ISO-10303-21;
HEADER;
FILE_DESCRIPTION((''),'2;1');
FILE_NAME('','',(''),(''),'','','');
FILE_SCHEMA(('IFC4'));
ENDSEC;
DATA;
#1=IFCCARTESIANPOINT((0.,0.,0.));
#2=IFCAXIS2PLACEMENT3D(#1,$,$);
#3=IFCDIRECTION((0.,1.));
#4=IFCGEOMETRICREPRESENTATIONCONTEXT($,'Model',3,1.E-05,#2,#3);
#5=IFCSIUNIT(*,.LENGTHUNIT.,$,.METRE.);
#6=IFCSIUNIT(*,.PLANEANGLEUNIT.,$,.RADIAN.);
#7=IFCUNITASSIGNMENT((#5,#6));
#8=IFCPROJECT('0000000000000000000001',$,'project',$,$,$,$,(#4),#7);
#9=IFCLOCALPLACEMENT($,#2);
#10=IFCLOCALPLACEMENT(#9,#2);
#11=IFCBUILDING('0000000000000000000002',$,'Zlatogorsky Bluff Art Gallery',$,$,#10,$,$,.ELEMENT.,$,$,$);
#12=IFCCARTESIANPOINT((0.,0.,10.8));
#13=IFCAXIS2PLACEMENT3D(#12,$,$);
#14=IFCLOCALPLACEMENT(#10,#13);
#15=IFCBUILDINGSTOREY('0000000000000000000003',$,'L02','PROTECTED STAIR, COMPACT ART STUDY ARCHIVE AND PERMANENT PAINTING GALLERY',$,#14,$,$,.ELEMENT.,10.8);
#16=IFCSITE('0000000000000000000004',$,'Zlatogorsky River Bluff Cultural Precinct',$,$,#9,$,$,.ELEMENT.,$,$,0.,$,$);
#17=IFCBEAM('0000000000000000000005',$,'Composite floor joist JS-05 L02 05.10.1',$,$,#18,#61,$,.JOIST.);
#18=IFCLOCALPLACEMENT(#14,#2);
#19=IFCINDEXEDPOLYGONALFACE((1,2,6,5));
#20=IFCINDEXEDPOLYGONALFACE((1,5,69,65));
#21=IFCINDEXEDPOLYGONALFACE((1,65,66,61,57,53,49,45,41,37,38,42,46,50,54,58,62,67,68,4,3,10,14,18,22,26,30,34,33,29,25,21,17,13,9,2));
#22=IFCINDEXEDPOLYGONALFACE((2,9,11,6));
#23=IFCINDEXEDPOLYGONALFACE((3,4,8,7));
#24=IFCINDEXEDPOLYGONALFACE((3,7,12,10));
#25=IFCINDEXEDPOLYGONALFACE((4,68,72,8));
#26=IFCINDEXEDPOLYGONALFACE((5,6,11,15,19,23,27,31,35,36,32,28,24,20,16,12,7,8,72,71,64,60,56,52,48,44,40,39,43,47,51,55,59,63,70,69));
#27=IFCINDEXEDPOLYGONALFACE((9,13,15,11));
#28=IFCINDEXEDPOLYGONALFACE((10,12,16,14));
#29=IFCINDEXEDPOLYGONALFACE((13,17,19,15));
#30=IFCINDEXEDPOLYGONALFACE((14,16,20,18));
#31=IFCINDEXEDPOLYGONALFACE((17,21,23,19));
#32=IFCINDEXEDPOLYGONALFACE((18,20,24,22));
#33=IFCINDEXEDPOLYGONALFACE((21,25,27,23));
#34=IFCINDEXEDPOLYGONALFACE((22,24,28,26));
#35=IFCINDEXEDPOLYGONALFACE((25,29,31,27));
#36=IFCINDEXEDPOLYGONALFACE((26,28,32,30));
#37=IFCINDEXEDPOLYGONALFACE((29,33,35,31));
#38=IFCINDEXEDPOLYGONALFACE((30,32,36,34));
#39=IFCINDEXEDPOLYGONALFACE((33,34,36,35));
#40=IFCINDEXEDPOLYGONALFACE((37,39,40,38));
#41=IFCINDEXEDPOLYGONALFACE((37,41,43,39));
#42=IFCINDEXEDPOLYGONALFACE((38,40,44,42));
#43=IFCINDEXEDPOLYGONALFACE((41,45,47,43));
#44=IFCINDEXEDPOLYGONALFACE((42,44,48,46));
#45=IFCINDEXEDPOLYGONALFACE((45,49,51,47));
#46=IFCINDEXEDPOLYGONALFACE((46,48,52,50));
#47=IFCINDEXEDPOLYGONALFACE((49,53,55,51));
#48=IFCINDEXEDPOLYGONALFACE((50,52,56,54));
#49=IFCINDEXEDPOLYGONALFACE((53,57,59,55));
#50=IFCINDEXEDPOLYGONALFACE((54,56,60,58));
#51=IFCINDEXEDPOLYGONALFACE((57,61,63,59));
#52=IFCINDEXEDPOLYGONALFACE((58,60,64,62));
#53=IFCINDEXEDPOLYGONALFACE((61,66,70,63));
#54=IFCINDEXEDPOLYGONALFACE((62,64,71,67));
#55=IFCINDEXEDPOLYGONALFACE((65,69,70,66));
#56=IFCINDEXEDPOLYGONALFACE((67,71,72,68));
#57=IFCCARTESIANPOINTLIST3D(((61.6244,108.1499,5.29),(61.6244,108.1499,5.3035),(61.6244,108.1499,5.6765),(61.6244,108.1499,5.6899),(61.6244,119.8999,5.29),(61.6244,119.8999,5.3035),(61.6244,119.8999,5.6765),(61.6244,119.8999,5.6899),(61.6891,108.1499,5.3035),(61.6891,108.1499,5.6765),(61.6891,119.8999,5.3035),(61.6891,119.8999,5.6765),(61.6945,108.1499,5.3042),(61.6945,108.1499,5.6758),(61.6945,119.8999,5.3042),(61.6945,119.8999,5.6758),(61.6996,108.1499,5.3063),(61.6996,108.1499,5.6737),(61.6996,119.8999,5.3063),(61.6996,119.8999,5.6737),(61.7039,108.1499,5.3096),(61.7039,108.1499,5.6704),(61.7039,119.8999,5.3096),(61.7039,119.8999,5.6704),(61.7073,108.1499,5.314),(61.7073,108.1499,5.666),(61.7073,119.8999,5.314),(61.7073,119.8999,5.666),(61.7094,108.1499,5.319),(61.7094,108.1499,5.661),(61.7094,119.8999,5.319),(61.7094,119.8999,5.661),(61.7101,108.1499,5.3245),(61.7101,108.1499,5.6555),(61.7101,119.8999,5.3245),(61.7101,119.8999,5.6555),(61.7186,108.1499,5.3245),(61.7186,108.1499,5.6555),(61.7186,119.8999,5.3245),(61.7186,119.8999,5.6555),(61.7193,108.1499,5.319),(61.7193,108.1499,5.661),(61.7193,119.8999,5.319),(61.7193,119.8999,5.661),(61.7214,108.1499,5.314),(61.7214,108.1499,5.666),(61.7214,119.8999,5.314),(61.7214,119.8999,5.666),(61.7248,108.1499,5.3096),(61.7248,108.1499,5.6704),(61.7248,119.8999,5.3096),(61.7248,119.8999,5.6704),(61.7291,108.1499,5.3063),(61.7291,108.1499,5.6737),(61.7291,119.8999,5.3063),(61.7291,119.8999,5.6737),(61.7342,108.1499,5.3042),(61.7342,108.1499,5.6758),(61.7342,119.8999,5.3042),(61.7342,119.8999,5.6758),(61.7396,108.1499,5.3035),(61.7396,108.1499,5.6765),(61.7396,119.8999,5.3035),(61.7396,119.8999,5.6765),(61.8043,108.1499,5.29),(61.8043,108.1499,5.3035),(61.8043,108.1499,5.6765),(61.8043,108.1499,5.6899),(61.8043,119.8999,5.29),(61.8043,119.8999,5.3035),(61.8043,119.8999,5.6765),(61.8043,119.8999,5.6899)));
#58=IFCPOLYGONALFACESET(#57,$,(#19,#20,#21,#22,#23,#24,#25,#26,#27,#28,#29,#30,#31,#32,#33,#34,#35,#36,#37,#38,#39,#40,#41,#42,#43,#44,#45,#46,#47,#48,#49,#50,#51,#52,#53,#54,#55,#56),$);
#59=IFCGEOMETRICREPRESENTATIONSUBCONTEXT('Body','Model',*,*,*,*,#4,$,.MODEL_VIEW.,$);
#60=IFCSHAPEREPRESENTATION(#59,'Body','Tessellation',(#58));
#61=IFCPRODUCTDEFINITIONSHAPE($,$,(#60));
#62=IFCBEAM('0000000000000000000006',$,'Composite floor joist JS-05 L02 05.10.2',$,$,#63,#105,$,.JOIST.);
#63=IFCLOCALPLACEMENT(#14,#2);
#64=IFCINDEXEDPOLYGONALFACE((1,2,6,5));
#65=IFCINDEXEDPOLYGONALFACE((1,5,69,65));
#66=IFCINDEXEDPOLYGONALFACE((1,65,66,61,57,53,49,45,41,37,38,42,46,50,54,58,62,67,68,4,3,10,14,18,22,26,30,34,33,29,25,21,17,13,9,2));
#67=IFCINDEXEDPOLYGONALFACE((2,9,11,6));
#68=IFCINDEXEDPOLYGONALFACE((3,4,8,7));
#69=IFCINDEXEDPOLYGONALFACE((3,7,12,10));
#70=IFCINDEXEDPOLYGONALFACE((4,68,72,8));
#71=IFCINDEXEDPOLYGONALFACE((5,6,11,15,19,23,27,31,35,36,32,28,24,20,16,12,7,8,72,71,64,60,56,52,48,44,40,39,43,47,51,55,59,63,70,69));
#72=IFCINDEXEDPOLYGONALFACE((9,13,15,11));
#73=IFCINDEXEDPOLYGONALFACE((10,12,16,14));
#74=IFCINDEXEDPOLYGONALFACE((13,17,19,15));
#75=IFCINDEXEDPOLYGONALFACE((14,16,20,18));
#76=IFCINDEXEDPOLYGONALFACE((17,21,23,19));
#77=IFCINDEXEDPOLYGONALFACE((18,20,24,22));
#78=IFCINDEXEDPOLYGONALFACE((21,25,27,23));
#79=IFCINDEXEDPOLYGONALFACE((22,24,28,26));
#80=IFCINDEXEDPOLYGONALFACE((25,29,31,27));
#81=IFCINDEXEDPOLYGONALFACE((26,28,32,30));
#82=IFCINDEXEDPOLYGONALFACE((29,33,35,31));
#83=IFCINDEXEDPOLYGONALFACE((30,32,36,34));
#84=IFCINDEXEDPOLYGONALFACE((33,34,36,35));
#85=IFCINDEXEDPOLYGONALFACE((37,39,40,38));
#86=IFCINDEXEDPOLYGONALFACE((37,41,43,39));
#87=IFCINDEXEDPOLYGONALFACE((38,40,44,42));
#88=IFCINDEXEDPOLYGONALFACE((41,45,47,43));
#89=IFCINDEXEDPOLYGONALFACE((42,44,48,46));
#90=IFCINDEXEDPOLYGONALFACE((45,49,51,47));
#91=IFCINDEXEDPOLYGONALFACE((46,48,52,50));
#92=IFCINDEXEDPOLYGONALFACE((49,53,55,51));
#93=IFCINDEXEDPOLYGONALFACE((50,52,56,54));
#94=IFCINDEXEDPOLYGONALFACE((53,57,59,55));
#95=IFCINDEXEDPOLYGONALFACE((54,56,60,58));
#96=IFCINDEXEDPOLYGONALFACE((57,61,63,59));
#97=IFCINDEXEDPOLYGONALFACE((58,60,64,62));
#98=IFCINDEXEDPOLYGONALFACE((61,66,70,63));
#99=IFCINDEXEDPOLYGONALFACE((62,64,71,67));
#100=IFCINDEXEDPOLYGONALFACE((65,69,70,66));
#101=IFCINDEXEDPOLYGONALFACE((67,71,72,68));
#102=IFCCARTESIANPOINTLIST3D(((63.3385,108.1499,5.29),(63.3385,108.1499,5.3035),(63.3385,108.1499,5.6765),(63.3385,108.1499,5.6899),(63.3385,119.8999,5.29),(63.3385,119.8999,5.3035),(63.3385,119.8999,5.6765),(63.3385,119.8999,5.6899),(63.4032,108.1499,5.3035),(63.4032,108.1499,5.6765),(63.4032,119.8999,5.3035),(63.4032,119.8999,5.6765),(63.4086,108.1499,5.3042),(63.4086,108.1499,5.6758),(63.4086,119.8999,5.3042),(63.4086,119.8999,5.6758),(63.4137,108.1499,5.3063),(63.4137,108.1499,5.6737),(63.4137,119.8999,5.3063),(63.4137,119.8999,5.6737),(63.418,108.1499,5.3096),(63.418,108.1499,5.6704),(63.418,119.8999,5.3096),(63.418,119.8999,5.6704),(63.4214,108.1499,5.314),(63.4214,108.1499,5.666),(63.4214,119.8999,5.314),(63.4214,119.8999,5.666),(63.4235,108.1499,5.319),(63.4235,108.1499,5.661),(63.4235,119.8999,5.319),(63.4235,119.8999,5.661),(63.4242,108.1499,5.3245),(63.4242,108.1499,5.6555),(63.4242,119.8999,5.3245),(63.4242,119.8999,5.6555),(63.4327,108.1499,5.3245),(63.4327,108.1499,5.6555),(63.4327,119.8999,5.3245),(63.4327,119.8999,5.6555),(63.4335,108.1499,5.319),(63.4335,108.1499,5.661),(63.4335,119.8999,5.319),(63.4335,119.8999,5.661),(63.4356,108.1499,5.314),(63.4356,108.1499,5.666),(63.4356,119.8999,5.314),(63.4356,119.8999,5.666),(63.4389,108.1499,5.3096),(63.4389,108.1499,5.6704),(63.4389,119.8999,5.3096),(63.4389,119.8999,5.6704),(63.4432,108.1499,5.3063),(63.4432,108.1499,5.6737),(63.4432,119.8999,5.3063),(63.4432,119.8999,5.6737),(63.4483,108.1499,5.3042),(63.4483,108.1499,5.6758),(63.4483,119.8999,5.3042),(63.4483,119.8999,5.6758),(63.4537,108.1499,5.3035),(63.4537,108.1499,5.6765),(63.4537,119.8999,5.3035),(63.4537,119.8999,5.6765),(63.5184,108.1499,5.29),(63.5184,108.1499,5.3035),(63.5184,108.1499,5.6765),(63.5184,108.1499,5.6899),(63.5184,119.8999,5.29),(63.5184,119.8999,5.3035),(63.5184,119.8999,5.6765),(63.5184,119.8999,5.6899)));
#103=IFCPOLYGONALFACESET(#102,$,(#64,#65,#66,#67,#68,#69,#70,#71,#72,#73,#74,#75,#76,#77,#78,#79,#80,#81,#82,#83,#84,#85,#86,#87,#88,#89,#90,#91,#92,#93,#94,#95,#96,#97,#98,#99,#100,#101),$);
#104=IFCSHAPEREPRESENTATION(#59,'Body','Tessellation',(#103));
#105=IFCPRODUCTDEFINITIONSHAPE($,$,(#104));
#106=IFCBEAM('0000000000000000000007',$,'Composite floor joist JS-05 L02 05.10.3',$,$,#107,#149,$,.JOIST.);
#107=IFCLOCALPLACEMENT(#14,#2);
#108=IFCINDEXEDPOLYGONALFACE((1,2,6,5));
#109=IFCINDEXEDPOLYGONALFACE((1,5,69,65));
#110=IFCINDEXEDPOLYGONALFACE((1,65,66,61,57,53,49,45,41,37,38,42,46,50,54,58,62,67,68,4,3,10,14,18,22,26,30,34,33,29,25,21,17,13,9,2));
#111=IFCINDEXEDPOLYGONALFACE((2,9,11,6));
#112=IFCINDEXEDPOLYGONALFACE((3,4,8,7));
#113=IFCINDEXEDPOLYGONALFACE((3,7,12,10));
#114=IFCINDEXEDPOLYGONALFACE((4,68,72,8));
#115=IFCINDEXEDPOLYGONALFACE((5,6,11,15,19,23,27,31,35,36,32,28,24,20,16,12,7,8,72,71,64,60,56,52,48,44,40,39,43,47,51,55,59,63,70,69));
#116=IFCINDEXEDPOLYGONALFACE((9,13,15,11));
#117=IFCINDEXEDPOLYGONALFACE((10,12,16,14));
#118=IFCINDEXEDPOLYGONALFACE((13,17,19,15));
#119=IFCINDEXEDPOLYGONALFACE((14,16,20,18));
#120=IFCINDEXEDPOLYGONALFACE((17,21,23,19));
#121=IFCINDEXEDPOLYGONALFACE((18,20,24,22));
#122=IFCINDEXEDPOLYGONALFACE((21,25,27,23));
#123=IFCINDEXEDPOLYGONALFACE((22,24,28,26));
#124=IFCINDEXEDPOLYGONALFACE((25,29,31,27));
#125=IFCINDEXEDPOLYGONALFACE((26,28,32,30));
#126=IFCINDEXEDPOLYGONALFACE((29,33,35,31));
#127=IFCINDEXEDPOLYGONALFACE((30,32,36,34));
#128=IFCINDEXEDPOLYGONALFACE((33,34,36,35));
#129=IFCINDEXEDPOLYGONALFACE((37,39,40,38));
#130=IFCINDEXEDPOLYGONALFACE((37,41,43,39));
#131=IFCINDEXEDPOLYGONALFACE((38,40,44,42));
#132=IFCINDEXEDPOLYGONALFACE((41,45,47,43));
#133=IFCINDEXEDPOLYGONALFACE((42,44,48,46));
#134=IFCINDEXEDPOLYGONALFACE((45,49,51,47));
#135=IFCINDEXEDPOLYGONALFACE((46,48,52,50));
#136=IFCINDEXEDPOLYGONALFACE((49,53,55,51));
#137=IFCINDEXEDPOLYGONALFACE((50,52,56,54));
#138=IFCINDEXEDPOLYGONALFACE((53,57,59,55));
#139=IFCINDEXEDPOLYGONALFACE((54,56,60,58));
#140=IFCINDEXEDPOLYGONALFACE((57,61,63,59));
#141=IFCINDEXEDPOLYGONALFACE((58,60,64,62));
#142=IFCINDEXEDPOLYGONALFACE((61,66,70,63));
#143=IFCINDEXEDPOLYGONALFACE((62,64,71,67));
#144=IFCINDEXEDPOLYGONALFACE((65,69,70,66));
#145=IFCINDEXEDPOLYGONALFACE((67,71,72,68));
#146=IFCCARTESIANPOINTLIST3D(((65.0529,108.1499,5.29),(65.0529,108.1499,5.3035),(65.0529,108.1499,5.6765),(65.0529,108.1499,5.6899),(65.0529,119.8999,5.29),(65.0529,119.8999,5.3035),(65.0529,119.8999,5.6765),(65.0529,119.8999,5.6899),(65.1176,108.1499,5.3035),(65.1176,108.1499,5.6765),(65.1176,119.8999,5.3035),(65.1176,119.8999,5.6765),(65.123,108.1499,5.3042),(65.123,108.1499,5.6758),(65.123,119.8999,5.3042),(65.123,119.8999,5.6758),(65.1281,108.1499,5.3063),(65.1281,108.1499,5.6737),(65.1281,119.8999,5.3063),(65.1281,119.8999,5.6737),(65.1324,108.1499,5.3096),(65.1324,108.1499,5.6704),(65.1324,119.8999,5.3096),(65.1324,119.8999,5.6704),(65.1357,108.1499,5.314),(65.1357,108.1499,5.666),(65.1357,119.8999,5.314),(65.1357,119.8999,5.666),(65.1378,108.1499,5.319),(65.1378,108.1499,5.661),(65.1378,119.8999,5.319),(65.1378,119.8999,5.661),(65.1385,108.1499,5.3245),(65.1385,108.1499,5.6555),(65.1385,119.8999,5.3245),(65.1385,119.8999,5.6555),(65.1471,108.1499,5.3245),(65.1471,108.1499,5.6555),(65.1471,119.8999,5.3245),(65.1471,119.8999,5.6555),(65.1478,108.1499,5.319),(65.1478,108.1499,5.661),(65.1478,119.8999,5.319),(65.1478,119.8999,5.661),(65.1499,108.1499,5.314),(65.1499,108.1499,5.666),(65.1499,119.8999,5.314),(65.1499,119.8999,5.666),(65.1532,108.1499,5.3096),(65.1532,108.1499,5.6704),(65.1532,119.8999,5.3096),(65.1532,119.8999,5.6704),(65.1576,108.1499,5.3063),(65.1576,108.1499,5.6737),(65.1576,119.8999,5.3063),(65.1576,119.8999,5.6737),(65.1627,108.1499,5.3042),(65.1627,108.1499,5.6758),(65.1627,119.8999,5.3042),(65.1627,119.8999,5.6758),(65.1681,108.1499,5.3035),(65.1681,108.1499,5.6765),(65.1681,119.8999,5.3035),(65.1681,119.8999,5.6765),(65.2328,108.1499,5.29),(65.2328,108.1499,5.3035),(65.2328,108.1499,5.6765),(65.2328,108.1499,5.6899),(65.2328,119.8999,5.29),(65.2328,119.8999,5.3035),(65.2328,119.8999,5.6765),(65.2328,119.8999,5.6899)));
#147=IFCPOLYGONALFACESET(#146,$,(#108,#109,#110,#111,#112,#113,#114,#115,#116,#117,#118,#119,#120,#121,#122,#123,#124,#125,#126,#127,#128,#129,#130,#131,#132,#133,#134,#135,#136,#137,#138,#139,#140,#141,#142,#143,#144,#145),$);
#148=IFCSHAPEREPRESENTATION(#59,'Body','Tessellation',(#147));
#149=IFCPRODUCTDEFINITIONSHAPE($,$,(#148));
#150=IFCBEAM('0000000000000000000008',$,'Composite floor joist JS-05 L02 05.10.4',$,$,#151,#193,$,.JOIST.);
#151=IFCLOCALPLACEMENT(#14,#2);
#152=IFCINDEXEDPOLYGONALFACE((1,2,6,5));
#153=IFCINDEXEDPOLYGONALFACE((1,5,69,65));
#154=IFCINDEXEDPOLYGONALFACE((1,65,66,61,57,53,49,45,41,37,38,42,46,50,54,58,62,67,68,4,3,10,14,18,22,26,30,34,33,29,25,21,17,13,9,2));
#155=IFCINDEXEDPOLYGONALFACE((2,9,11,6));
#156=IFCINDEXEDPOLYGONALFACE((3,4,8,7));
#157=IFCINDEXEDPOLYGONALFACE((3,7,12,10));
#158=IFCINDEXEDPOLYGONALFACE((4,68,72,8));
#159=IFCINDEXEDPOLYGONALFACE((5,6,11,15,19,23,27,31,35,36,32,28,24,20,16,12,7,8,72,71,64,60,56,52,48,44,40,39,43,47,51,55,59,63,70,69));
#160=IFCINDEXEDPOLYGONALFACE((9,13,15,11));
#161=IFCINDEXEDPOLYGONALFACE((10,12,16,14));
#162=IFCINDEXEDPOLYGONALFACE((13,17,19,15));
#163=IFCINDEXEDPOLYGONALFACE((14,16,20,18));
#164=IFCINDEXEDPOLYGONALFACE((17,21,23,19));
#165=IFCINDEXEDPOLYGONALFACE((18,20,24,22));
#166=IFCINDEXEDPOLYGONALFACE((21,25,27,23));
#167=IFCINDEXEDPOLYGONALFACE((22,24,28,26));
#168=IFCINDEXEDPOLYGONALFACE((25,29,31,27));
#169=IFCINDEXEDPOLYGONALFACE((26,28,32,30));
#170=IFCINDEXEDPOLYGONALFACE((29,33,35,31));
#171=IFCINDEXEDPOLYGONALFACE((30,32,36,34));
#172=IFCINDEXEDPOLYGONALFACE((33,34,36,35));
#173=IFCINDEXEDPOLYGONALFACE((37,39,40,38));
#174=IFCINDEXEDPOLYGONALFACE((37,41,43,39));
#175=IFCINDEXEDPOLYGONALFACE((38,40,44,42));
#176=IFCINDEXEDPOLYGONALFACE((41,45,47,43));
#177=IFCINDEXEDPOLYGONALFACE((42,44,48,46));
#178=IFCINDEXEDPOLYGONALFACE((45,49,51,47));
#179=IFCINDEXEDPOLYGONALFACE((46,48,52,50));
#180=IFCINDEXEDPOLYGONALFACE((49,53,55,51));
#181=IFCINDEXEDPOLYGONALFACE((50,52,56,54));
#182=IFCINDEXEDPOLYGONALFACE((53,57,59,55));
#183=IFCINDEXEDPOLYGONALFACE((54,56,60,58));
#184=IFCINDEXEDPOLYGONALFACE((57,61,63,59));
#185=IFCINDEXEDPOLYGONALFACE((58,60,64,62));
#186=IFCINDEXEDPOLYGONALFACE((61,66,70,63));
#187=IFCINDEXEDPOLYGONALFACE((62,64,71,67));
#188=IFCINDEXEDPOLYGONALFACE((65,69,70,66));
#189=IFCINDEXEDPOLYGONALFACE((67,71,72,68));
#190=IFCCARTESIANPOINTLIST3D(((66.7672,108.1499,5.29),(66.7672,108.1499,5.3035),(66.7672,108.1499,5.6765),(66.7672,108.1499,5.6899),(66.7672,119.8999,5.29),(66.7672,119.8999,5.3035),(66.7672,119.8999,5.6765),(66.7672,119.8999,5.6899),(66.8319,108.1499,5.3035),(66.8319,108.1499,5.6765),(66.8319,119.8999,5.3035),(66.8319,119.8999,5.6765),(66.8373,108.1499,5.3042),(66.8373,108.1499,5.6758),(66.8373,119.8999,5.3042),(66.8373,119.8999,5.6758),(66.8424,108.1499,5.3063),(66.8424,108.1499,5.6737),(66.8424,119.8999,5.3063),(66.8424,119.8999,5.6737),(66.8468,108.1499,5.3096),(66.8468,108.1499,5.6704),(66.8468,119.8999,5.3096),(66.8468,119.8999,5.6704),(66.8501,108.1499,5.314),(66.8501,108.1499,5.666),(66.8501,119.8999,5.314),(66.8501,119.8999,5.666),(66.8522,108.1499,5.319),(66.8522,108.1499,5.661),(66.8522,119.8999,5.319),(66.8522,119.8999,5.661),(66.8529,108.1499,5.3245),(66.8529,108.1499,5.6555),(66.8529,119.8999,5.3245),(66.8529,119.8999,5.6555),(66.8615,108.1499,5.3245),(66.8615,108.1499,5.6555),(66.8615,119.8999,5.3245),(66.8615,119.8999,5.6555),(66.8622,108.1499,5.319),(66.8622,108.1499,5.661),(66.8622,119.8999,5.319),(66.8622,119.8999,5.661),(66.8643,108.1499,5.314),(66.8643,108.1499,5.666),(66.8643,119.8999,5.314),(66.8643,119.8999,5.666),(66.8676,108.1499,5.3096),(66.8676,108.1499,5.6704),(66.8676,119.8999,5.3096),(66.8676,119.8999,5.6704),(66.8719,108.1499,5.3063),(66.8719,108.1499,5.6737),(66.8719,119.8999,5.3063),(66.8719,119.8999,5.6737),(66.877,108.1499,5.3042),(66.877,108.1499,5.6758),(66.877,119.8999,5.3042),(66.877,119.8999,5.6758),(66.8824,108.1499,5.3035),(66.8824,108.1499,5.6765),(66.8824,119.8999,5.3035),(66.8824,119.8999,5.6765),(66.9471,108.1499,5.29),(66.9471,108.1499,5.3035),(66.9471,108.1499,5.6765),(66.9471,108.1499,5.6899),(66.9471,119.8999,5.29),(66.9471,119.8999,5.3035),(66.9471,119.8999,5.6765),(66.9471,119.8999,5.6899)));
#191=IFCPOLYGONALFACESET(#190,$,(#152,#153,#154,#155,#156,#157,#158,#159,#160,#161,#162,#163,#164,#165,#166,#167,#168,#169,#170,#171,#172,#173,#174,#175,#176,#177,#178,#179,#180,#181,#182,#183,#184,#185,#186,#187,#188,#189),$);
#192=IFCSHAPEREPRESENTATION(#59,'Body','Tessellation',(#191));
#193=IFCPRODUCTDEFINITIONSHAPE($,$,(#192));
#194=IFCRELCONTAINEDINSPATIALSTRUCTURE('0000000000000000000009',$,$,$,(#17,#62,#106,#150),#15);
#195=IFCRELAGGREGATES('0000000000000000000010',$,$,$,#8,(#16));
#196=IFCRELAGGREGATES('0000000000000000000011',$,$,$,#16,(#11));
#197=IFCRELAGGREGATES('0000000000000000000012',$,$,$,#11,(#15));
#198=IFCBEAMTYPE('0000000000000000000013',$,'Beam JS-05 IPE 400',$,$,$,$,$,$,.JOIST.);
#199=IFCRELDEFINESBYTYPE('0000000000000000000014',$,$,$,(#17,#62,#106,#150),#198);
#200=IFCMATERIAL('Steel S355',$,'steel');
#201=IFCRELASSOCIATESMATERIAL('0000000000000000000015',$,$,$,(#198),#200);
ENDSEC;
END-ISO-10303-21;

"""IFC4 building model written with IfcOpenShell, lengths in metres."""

from ifc_helpers import new_model, si_unit, direction, frame, origin, origin_2d, place, context, subcontext, project, spatial, i_section, extrude, material, material_profile, profile_set, type_object, element, save


model = new_model("IFC4")

# Units and contexts
model_context = context("Model", 3, precision=1e-05, world=origin(), true_north=direction((0.0, 1.0)))
body_context = subcontext(model_context, "Body", "Model", "MODEL_VIEW")
ifc_project = project(units=[si_unit("LENGTHUNIT", "METRE"), si_unit("PLANEANGLEUNIT", "RADIAN")], contexts=[model_context])

# Site, building, storey
site_placement = place(None, origin())
site = spatial("IfcSite", under=ifc_project, at=site_placement, Name="Zlatogorsky River Bluff Cultural Precinct", CompositionType="ELEMENT", RefElevation=0.0)
building_placement = place(site_placement, origin())
building = spatial("IfcBuilding", under=site, at=building_placement, Name="Zlatogorsky Bluff Art Gallery", CompositionType="ELEMENT")
storey_placement = place(building_placement, frame((0.0, 0.0, 10.8)))
storey = spatial("IfcBuildingStorey", under=building, at=storey_placement, Name="L02", Description="PROTECTED STAIR, COMPACT ART STUDY ARCHIVE AND PERMANENT PAINTING GALLERY", CompositionType="ELEMENT", Elevation=10.8)

# Shared definitions
ifc_material = material(Name="Steel S355", Category="steel")

# Beams
ifc_material_profile_1 = material_profile(ifc_material, i_section(OverallWidth=0.1799, OverallDepth=0.3999, WebThickness=0.0085, FlangeThickness=0.0134, FilletRadius=0.021, at=origin_2d()), Name="IPE 400")
ifc_profile_set_1 = profile_set([ifc_material_profile_1], Name="Steel S355")
beam_type_1 = type_object("IfcBeamType", Name="Beam JS-05 IPE 400", PredefinedType="JOIST", material=ifc_profile_set_1)
for number, where, z_axis, x_axis, name in (
    (1, (61.7144, 108.1499, 5.49), (0.0, 1.0, 0.0), (-1.0, 0.0, 0.0), "Composite floor joist JS-05 L02 05.10.1"),
    (2, (63.4285, 108.1499, 5.49), (0.0, 1.0, 0.0), (-1.0, 0.0, 0.0), "Composite floor joist JS-05 L02 05.10.2"),
    (3, (65.1428, 108.1499, 5.49), (0.0, 1.0, 0.0), (-1.0, 0.0, 0.0), "Composite floor joist JS-05 L02 05.10.3"),
    (4, (66.8572, 108.1499, 5.49), (0.0, 1.0, 0.0), (-1.0, 0.0, 0.0), "Composite floor joist JS-05 L02 05.10.4"),
):
    element("IfcBeam", number, at=place(storey_placement, frame(where, z_axis=z_axis, x_axis=x_axis)), inside=storey, type_object=beam_type_1, Name=name, PredefinedType="JOIST", context=body_context, shape_type="SweptSolid", body=[
        extrude(i_section(OverallWidth=0.1799, OverallDepth=0.3999, WebThickness=0.0085, FlangeThickness=0.0134, FilletRadius=0.021, at=origin_2d()), origin(), (0.0, 0.0, 1.0), 11.75),
    ])

save(model, "model.ifc")
